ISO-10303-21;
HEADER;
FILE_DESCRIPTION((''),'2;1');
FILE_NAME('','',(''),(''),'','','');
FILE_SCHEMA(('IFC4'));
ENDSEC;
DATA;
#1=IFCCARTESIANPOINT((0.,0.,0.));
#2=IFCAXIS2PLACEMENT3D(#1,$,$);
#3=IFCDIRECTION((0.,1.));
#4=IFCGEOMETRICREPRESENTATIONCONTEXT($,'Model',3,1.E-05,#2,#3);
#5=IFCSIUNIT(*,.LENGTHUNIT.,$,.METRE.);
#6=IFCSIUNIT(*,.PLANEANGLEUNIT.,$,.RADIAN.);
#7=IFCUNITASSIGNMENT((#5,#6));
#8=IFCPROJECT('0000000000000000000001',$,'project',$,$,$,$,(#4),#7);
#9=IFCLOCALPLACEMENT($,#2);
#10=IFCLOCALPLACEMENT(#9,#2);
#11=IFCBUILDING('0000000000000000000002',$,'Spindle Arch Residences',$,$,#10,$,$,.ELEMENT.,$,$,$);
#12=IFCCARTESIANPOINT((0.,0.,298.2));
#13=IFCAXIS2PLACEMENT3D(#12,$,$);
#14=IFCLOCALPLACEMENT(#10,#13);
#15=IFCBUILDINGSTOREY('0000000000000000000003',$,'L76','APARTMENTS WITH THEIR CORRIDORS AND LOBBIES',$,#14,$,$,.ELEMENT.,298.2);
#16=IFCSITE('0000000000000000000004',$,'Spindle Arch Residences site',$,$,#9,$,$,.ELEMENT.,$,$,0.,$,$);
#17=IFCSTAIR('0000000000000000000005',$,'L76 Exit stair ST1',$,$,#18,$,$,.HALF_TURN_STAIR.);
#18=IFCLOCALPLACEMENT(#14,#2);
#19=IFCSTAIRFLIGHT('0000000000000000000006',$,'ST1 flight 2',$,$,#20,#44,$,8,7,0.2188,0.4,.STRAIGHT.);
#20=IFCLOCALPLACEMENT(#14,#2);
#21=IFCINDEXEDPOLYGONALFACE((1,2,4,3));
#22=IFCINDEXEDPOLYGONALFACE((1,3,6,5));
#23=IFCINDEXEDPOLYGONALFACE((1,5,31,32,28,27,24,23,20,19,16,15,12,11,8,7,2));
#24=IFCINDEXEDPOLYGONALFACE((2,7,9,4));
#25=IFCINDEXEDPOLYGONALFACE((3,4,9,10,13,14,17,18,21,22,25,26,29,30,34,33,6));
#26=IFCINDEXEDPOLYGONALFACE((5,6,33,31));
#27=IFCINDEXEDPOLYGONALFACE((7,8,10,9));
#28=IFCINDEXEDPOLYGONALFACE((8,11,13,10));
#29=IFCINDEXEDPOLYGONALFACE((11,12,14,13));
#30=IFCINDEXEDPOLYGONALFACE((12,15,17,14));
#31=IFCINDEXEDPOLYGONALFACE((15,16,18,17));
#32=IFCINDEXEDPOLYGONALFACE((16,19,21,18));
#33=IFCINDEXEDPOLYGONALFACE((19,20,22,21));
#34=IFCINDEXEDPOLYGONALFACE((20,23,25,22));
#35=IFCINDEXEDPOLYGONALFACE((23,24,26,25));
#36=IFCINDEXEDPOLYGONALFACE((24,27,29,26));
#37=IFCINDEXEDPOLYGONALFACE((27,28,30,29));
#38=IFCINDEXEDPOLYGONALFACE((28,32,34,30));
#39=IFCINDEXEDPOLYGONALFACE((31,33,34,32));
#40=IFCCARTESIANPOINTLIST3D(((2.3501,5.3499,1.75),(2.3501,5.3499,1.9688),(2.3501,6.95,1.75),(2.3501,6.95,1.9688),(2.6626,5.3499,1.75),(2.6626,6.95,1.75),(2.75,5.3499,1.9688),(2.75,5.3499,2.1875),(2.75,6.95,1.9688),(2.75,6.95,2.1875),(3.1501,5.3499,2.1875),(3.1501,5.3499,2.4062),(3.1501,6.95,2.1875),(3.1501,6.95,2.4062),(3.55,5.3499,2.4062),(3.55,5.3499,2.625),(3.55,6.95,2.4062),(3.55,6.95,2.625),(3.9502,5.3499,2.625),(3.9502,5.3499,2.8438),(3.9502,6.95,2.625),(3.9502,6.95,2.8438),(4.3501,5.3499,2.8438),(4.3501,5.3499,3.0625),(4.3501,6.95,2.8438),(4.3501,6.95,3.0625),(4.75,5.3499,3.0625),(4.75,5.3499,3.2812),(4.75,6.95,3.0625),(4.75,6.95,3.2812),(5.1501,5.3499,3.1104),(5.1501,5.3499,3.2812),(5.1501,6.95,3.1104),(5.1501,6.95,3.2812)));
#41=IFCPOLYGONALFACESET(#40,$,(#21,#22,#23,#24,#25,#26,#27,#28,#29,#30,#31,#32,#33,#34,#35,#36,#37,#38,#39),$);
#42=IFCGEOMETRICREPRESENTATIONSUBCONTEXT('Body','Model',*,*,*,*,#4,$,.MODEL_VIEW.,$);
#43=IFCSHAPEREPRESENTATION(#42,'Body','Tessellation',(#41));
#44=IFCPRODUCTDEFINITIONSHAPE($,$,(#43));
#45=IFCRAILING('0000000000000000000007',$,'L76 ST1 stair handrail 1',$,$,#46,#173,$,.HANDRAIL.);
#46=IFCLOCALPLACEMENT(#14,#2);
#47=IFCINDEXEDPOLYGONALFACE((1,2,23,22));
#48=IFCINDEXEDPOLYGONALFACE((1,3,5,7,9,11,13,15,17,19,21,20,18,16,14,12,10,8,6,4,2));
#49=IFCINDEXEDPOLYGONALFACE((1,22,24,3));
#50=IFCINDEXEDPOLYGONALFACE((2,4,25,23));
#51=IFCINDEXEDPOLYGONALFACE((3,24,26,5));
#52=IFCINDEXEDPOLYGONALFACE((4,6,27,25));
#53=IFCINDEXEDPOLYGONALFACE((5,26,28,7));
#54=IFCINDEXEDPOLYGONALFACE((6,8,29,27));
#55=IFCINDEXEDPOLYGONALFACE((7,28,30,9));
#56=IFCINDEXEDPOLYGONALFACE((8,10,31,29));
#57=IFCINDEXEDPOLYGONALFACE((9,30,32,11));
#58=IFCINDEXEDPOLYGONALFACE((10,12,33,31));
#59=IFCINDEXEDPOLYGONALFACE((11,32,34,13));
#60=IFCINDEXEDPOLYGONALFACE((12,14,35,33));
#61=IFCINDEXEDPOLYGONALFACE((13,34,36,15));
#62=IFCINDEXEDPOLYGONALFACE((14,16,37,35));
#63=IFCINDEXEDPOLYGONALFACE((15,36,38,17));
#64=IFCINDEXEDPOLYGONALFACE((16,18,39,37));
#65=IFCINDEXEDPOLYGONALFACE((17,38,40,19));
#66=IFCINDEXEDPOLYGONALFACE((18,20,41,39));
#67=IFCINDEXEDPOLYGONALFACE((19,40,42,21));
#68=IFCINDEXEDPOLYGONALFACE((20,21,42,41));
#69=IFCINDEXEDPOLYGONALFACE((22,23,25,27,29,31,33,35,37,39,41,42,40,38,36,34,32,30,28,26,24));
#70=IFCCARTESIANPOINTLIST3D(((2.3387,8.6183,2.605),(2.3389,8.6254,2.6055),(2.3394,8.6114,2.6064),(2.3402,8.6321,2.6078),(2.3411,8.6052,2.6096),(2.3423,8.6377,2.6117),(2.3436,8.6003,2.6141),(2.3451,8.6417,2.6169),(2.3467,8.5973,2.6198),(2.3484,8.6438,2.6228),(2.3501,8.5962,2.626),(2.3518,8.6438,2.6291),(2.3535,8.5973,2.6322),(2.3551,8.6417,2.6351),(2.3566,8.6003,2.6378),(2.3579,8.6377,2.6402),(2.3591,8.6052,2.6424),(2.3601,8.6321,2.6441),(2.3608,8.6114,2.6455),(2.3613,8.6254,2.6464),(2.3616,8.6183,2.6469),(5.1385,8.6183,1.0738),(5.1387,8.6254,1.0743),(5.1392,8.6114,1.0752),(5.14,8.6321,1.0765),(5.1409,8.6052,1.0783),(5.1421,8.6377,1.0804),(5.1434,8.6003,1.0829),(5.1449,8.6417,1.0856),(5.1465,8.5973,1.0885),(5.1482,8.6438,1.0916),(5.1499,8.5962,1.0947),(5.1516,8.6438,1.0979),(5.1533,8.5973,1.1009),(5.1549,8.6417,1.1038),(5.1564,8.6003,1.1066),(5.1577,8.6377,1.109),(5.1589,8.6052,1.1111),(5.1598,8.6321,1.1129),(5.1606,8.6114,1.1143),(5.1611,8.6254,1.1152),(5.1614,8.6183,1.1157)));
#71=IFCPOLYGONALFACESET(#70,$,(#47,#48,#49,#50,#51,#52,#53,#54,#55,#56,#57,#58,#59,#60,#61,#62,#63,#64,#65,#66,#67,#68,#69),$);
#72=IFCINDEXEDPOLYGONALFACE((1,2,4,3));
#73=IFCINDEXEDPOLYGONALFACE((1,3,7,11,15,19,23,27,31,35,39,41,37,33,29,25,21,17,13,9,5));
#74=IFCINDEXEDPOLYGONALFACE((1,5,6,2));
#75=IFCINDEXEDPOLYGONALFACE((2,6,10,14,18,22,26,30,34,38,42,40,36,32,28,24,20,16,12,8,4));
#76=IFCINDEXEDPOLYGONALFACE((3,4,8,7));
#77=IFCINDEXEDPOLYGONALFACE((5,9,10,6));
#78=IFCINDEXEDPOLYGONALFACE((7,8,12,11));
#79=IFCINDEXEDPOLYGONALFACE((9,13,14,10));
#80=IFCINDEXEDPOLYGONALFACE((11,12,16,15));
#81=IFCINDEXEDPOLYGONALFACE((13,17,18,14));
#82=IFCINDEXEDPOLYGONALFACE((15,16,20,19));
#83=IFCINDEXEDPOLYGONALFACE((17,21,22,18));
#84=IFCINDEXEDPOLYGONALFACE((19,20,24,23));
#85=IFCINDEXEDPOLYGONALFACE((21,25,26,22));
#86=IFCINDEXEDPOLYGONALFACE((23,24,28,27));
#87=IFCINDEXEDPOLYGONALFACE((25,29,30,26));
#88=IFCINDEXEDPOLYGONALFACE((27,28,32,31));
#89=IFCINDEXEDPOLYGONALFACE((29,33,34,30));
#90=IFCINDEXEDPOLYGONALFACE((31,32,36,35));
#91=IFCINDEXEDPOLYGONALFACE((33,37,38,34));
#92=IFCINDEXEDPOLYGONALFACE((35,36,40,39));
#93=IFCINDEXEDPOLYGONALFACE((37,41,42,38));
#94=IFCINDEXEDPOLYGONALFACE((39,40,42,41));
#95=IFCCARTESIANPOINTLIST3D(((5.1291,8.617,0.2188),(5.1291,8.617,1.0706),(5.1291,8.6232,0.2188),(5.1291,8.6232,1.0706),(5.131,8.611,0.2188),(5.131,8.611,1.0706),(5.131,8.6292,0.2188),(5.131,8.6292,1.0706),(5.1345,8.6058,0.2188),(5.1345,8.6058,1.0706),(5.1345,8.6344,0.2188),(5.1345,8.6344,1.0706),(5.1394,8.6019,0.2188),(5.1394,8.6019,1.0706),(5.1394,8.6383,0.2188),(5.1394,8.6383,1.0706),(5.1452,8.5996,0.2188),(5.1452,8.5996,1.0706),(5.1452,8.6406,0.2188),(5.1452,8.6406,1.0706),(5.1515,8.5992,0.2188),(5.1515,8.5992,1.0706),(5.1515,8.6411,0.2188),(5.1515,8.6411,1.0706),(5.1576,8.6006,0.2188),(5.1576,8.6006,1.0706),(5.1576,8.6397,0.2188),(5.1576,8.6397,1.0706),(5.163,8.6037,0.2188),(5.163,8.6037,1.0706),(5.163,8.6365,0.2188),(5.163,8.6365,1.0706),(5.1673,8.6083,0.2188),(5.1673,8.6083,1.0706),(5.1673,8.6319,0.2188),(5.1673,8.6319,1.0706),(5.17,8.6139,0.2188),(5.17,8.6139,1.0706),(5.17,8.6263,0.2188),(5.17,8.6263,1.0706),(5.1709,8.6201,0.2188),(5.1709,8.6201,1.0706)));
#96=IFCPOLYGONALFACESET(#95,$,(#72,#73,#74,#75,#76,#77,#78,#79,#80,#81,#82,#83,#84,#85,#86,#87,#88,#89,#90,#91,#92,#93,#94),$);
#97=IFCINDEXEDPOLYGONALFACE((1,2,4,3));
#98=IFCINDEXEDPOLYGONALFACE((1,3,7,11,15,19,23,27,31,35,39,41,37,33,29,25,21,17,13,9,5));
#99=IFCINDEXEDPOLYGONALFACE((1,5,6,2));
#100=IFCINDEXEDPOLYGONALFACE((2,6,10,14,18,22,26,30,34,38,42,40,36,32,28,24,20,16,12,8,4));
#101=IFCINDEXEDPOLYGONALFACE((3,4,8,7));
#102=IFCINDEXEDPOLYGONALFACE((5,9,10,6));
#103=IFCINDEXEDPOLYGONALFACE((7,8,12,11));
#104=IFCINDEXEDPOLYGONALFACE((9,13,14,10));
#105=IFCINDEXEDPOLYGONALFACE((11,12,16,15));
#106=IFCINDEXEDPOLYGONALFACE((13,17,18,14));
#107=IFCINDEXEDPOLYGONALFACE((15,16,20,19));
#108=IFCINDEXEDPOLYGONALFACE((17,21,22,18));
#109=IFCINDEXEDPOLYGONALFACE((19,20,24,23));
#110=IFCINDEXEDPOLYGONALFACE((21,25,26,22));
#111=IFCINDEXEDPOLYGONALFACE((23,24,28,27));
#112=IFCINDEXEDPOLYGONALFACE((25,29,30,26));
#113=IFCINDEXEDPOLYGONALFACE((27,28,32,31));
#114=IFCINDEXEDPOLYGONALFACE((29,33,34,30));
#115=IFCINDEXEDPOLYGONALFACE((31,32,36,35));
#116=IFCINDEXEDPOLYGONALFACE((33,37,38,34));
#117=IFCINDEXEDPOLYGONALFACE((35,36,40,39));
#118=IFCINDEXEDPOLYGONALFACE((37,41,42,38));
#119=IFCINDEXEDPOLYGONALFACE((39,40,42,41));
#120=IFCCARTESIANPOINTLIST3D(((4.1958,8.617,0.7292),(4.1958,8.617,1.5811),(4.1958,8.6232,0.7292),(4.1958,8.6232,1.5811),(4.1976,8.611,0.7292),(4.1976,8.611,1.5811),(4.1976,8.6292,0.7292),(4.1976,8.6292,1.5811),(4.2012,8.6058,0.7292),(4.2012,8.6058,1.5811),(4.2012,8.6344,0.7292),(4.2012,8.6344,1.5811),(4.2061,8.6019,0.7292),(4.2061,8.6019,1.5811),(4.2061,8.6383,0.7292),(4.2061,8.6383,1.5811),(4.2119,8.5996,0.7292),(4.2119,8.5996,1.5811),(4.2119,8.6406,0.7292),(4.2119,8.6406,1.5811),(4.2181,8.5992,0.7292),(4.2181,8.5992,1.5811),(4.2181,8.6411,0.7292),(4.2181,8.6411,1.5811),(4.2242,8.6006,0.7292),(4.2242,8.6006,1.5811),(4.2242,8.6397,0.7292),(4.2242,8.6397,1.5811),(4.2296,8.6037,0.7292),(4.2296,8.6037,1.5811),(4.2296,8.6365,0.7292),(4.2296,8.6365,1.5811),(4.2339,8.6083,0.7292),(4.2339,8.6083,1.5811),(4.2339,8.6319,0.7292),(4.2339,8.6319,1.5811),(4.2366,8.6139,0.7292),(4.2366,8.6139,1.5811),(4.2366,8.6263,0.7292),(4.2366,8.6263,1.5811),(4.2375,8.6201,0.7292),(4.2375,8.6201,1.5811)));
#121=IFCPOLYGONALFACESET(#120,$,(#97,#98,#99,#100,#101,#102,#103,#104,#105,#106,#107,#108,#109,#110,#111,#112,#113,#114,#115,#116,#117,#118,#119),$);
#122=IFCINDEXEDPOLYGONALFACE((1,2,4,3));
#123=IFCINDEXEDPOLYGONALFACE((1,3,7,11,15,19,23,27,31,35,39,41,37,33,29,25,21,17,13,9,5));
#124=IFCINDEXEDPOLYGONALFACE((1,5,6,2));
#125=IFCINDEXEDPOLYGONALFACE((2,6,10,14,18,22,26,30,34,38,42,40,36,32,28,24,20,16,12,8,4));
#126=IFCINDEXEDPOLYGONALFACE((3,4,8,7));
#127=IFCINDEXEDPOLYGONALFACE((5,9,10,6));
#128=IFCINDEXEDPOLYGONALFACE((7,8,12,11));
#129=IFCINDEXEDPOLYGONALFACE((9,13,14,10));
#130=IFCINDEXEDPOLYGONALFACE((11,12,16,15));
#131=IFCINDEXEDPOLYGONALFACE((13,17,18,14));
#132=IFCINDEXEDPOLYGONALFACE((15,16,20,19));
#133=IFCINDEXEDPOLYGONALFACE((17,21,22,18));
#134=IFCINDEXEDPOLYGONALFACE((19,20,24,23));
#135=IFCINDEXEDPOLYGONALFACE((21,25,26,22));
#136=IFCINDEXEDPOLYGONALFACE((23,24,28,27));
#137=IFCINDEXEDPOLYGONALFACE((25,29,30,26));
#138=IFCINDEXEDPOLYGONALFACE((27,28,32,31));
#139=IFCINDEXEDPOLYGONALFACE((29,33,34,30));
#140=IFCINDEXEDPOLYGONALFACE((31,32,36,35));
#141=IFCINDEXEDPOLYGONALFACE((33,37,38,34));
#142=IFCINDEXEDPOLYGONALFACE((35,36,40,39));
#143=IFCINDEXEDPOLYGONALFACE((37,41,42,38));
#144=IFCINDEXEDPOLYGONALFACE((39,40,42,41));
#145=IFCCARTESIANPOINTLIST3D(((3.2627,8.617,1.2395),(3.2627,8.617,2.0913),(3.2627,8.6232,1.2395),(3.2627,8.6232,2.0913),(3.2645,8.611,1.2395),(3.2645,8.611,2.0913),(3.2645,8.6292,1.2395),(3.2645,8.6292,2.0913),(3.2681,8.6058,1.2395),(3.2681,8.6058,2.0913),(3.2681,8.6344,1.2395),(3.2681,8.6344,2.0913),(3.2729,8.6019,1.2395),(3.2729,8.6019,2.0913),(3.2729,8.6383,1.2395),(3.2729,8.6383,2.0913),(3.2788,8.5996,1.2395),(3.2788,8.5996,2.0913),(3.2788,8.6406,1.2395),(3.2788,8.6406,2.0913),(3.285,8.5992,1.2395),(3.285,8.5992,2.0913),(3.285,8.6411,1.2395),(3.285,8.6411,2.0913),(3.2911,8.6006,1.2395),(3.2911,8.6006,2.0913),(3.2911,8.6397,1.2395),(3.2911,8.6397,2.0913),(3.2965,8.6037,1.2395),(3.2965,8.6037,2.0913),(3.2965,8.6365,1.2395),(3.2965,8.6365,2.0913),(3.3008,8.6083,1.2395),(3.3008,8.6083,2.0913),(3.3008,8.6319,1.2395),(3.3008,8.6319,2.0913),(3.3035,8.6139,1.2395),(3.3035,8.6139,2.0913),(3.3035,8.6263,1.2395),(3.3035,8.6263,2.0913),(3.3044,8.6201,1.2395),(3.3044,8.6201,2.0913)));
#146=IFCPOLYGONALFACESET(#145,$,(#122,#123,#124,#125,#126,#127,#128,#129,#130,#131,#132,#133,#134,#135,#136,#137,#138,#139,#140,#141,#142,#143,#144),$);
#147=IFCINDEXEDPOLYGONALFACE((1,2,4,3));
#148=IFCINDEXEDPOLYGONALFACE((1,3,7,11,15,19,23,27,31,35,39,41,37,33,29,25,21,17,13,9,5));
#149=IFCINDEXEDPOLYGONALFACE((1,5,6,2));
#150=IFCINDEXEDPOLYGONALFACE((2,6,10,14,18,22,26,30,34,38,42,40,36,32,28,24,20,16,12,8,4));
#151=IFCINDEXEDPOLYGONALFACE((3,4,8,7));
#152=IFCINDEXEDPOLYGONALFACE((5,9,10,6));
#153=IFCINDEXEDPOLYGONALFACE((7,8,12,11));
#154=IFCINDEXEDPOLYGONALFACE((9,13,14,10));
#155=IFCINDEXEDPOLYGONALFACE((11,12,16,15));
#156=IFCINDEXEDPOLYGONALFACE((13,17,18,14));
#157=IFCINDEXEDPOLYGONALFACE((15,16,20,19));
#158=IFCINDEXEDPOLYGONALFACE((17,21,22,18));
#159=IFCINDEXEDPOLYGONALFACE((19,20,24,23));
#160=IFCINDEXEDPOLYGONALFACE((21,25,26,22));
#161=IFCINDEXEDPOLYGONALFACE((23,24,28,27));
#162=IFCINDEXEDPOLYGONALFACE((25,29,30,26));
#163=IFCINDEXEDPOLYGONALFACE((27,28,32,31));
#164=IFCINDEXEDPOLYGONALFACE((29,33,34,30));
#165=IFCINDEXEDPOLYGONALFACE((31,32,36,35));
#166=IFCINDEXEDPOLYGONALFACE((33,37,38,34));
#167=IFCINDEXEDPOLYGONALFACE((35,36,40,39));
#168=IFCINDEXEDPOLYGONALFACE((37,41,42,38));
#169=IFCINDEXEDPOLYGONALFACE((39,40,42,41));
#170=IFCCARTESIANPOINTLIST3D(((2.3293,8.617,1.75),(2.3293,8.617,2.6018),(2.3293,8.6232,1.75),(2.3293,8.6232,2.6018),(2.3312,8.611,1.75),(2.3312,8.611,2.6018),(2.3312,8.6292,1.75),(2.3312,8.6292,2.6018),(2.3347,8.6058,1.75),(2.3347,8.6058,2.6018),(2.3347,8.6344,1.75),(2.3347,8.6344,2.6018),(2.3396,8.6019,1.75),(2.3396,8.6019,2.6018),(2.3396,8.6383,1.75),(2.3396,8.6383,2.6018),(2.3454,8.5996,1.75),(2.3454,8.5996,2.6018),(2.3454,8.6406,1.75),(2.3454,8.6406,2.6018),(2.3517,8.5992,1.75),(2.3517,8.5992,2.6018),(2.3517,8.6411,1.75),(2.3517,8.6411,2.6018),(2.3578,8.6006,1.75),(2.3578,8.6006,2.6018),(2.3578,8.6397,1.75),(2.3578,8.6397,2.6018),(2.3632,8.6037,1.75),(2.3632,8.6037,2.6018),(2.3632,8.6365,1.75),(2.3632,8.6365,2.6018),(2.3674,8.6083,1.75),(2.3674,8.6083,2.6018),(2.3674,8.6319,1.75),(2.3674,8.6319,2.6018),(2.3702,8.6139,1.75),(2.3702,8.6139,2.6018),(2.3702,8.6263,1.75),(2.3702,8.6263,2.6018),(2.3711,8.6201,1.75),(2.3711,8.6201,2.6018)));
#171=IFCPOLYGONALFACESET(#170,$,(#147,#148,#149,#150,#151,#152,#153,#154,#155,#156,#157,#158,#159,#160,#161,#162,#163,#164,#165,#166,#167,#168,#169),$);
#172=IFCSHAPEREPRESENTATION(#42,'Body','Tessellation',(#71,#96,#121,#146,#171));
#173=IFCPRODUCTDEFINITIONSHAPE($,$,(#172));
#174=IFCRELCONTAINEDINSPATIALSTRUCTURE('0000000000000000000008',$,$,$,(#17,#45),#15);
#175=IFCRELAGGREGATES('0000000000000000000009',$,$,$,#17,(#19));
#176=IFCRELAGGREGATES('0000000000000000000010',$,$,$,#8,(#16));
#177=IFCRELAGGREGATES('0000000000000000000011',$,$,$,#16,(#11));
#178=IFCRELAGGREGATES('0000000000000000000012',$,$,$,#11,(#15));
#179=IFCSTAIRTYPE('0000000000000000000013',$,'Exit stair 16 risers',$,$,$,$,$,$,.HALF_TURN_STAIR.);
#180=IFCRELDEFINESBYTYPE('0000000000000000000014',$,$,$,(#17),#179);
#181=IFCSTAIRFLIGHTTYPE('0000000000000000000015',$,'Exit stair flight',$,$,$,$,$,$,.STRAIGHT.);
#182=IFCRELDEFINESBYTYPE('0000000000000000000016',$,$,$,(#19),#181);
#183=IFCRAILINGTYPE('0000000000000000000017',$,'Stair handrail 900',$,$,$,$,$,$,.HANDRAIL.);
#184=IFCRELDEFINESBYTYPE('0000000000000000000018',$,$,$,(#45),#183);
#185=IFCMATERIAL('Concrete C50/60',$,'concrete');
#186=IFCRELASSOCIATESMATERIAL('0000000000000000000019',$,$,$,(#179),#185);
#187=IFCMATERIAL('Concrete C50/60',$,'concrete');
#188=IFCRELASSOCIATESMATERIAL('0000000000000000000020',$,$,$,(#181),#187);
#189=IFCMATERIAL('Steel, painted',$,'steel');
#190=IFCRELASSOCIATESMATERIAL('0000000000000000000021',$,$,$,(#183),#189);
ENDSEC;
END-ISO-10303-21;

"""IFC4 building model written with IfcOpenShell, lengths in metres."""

from ifc_helpers import new_model, si_unit, direction, frame, origin, origin_2d, place, context, subcontext, project, spatial, polyline, circle, outline, extrude, material, type_object, element, aggregate, save


model = new_model("IFC4")

# Units and contexts
model_context = context("Model", 3, precision=1e-05, world=origin(), true_north=direction((0.0, 1.0)))
body_context = subcontext(model_context, "Body", "Model", "MODEL_VIEW")
ifc_project = project(units=[si_unit("LENGTHUNIT", "METRE"), si_unit("PLANEANGLEUNIT", "RADIAN")], contexts=[model_context])

# Site, building, storey
site_placement = place(None, origin())
site = spatial("IfcSite", under=ifc_project, at=site_placement, Name="Spindle Arch Residences site", CompositionType="ELEMENT", RefElevation=0.0)
building_placement = place(site_placement, origin())
building = spatial("IfcBuilding", under=site, at=building_placement, Name="Spindle Arch Residences", CompositionType="ELEMENT")
storey_placement = place(building_placement, frame((0.0, 0.0, 298.2)))
storey = spatial("IfcBuildingStorey", under=building, at=storey_placement, Name="L76", Description="APARTMENTS WITH THEIR CORRIDORS AND LOBBIES", CompositionType="ELEMENT", Elevation=298.2)

# Stair, stair flight
ifc_material_1 = material(Name="Concrete C50/60", Category="concrete")
stair_type = type_object("IfcStairType", Name="Exit stair 16 risers", PredefinedType="HALF_TURN_STAIR", material=ifc_material_1)
stair_placement = place(storey_placement, origin())
stair = element("IfcStair", 1, at=stair_placement, inside=storey, type_object=stair_type, Name="L76 Exit stair ST1", PredefinedType="HALF_TURN_STAIR")
ifc_material_2 = material(Name="Concrete C50/60", Category="concrete")
stair_flight_type = type_object("IfcStairFlightType", Name="Exit stair flight", PredefinedType="STRAIGHT", material=ifc_material_2)
stair_flight_1_placement = place(storey_placement, frame((2.3501, 6.1499, 1.75), z_axis=(0.0, 0.0, 1.0), x_axis=(1.0, 0.0, 0.0)))
stair_flight_1 = element("IfcStairFlight", 2, at=stair_flight_1_placement, type_object=stair_flight_type, Name="ST1 flight 2", NumberOfRisers=8, NumberOfTreads=7, PredefinedType="STRAIGHT", RiserHeight=0.2188, TreadLength=0.4, context=body_context, shape_type="SweptSolid", body=[
    extrude(outline(polyline([(0.0, 0.0), (0.0, 0.2188), (0.3999, 0.2188), (0.3999, 0.4375), (0.8, 0.4375), (0.8, 0.6562), (1.2, 0.6562), (1.2, 0.875), (1.6001, 0.875), (1.6001, 1.0938), (2.0, 1.0938), (2.0, 1.3125), (2.3999, 1.3125), (2.3999, 1.5312), (2.8, 1.5312), (2.8, 1.75), (2.8, 1.3604), (0.3125, 0.0), (0.0, 0.0)])), frame((0.0, 0.8, 0.0), z_axis=(0.0, -1.0, 0.0), x_axis=(1.0, 0.0, 0.0)), (0.0, 0.0, 1.0), 1.6001),
])
aggregate(stair, [stair_flight_1])

# Railing
ifc_material_3 = material(Name="Steel, painted", Category="steel")
railing_type_1 = type_object("IfcRailingType", Name="Stair handrail 900", PredefinedType="HANDRAIL", material=ifc_material_3)
railing_1_placement = place(storey_placement, frame((5.1499, 8.6201, 0.2188)))
element("IfcRailing", 3, at=railing_1_placement, inside=storey, type_object=railing_type_1, Name="L76 ST1 stair handrail 1", PredefinedType="HANDRAIL", context=body_context, shape_type="SweptSolid", body=[
    extrude(circle(Radius=0.0239, at=origin_2d()), frame((0.0, 0.0, 0.876), z_axis=(-0.877357, 0.0, 0.479838), x_axis=(0.0, -1.0, 0.0)), (0.0, 0.0, 1.0), 3.1912),
    extrude(circle(Radius=0.021, at=origin_2d()), origin(), (0.0, 0.0, 1.0), 0.8518),
    extrude(circle(Radius=0.021, at=origin_2d()), frame((-0.9333, 0.0, 0.5105)), (0.0, 0.0, 1.0), 0.8518),
    extrude(circle(Radius=0.021, at=origin_2d()), frame((-1.8665, 0.0, 1.0208)), (0.0, 0.0, 1.0), 0.8518),
    extrude(circle(Radius=0.021, at=origin_2d()), frame((-2.7998, 0.0, 1.5312)), (0.0, 0.0, 1.0), 0.8518),
])

save(model, "model.ifc")
